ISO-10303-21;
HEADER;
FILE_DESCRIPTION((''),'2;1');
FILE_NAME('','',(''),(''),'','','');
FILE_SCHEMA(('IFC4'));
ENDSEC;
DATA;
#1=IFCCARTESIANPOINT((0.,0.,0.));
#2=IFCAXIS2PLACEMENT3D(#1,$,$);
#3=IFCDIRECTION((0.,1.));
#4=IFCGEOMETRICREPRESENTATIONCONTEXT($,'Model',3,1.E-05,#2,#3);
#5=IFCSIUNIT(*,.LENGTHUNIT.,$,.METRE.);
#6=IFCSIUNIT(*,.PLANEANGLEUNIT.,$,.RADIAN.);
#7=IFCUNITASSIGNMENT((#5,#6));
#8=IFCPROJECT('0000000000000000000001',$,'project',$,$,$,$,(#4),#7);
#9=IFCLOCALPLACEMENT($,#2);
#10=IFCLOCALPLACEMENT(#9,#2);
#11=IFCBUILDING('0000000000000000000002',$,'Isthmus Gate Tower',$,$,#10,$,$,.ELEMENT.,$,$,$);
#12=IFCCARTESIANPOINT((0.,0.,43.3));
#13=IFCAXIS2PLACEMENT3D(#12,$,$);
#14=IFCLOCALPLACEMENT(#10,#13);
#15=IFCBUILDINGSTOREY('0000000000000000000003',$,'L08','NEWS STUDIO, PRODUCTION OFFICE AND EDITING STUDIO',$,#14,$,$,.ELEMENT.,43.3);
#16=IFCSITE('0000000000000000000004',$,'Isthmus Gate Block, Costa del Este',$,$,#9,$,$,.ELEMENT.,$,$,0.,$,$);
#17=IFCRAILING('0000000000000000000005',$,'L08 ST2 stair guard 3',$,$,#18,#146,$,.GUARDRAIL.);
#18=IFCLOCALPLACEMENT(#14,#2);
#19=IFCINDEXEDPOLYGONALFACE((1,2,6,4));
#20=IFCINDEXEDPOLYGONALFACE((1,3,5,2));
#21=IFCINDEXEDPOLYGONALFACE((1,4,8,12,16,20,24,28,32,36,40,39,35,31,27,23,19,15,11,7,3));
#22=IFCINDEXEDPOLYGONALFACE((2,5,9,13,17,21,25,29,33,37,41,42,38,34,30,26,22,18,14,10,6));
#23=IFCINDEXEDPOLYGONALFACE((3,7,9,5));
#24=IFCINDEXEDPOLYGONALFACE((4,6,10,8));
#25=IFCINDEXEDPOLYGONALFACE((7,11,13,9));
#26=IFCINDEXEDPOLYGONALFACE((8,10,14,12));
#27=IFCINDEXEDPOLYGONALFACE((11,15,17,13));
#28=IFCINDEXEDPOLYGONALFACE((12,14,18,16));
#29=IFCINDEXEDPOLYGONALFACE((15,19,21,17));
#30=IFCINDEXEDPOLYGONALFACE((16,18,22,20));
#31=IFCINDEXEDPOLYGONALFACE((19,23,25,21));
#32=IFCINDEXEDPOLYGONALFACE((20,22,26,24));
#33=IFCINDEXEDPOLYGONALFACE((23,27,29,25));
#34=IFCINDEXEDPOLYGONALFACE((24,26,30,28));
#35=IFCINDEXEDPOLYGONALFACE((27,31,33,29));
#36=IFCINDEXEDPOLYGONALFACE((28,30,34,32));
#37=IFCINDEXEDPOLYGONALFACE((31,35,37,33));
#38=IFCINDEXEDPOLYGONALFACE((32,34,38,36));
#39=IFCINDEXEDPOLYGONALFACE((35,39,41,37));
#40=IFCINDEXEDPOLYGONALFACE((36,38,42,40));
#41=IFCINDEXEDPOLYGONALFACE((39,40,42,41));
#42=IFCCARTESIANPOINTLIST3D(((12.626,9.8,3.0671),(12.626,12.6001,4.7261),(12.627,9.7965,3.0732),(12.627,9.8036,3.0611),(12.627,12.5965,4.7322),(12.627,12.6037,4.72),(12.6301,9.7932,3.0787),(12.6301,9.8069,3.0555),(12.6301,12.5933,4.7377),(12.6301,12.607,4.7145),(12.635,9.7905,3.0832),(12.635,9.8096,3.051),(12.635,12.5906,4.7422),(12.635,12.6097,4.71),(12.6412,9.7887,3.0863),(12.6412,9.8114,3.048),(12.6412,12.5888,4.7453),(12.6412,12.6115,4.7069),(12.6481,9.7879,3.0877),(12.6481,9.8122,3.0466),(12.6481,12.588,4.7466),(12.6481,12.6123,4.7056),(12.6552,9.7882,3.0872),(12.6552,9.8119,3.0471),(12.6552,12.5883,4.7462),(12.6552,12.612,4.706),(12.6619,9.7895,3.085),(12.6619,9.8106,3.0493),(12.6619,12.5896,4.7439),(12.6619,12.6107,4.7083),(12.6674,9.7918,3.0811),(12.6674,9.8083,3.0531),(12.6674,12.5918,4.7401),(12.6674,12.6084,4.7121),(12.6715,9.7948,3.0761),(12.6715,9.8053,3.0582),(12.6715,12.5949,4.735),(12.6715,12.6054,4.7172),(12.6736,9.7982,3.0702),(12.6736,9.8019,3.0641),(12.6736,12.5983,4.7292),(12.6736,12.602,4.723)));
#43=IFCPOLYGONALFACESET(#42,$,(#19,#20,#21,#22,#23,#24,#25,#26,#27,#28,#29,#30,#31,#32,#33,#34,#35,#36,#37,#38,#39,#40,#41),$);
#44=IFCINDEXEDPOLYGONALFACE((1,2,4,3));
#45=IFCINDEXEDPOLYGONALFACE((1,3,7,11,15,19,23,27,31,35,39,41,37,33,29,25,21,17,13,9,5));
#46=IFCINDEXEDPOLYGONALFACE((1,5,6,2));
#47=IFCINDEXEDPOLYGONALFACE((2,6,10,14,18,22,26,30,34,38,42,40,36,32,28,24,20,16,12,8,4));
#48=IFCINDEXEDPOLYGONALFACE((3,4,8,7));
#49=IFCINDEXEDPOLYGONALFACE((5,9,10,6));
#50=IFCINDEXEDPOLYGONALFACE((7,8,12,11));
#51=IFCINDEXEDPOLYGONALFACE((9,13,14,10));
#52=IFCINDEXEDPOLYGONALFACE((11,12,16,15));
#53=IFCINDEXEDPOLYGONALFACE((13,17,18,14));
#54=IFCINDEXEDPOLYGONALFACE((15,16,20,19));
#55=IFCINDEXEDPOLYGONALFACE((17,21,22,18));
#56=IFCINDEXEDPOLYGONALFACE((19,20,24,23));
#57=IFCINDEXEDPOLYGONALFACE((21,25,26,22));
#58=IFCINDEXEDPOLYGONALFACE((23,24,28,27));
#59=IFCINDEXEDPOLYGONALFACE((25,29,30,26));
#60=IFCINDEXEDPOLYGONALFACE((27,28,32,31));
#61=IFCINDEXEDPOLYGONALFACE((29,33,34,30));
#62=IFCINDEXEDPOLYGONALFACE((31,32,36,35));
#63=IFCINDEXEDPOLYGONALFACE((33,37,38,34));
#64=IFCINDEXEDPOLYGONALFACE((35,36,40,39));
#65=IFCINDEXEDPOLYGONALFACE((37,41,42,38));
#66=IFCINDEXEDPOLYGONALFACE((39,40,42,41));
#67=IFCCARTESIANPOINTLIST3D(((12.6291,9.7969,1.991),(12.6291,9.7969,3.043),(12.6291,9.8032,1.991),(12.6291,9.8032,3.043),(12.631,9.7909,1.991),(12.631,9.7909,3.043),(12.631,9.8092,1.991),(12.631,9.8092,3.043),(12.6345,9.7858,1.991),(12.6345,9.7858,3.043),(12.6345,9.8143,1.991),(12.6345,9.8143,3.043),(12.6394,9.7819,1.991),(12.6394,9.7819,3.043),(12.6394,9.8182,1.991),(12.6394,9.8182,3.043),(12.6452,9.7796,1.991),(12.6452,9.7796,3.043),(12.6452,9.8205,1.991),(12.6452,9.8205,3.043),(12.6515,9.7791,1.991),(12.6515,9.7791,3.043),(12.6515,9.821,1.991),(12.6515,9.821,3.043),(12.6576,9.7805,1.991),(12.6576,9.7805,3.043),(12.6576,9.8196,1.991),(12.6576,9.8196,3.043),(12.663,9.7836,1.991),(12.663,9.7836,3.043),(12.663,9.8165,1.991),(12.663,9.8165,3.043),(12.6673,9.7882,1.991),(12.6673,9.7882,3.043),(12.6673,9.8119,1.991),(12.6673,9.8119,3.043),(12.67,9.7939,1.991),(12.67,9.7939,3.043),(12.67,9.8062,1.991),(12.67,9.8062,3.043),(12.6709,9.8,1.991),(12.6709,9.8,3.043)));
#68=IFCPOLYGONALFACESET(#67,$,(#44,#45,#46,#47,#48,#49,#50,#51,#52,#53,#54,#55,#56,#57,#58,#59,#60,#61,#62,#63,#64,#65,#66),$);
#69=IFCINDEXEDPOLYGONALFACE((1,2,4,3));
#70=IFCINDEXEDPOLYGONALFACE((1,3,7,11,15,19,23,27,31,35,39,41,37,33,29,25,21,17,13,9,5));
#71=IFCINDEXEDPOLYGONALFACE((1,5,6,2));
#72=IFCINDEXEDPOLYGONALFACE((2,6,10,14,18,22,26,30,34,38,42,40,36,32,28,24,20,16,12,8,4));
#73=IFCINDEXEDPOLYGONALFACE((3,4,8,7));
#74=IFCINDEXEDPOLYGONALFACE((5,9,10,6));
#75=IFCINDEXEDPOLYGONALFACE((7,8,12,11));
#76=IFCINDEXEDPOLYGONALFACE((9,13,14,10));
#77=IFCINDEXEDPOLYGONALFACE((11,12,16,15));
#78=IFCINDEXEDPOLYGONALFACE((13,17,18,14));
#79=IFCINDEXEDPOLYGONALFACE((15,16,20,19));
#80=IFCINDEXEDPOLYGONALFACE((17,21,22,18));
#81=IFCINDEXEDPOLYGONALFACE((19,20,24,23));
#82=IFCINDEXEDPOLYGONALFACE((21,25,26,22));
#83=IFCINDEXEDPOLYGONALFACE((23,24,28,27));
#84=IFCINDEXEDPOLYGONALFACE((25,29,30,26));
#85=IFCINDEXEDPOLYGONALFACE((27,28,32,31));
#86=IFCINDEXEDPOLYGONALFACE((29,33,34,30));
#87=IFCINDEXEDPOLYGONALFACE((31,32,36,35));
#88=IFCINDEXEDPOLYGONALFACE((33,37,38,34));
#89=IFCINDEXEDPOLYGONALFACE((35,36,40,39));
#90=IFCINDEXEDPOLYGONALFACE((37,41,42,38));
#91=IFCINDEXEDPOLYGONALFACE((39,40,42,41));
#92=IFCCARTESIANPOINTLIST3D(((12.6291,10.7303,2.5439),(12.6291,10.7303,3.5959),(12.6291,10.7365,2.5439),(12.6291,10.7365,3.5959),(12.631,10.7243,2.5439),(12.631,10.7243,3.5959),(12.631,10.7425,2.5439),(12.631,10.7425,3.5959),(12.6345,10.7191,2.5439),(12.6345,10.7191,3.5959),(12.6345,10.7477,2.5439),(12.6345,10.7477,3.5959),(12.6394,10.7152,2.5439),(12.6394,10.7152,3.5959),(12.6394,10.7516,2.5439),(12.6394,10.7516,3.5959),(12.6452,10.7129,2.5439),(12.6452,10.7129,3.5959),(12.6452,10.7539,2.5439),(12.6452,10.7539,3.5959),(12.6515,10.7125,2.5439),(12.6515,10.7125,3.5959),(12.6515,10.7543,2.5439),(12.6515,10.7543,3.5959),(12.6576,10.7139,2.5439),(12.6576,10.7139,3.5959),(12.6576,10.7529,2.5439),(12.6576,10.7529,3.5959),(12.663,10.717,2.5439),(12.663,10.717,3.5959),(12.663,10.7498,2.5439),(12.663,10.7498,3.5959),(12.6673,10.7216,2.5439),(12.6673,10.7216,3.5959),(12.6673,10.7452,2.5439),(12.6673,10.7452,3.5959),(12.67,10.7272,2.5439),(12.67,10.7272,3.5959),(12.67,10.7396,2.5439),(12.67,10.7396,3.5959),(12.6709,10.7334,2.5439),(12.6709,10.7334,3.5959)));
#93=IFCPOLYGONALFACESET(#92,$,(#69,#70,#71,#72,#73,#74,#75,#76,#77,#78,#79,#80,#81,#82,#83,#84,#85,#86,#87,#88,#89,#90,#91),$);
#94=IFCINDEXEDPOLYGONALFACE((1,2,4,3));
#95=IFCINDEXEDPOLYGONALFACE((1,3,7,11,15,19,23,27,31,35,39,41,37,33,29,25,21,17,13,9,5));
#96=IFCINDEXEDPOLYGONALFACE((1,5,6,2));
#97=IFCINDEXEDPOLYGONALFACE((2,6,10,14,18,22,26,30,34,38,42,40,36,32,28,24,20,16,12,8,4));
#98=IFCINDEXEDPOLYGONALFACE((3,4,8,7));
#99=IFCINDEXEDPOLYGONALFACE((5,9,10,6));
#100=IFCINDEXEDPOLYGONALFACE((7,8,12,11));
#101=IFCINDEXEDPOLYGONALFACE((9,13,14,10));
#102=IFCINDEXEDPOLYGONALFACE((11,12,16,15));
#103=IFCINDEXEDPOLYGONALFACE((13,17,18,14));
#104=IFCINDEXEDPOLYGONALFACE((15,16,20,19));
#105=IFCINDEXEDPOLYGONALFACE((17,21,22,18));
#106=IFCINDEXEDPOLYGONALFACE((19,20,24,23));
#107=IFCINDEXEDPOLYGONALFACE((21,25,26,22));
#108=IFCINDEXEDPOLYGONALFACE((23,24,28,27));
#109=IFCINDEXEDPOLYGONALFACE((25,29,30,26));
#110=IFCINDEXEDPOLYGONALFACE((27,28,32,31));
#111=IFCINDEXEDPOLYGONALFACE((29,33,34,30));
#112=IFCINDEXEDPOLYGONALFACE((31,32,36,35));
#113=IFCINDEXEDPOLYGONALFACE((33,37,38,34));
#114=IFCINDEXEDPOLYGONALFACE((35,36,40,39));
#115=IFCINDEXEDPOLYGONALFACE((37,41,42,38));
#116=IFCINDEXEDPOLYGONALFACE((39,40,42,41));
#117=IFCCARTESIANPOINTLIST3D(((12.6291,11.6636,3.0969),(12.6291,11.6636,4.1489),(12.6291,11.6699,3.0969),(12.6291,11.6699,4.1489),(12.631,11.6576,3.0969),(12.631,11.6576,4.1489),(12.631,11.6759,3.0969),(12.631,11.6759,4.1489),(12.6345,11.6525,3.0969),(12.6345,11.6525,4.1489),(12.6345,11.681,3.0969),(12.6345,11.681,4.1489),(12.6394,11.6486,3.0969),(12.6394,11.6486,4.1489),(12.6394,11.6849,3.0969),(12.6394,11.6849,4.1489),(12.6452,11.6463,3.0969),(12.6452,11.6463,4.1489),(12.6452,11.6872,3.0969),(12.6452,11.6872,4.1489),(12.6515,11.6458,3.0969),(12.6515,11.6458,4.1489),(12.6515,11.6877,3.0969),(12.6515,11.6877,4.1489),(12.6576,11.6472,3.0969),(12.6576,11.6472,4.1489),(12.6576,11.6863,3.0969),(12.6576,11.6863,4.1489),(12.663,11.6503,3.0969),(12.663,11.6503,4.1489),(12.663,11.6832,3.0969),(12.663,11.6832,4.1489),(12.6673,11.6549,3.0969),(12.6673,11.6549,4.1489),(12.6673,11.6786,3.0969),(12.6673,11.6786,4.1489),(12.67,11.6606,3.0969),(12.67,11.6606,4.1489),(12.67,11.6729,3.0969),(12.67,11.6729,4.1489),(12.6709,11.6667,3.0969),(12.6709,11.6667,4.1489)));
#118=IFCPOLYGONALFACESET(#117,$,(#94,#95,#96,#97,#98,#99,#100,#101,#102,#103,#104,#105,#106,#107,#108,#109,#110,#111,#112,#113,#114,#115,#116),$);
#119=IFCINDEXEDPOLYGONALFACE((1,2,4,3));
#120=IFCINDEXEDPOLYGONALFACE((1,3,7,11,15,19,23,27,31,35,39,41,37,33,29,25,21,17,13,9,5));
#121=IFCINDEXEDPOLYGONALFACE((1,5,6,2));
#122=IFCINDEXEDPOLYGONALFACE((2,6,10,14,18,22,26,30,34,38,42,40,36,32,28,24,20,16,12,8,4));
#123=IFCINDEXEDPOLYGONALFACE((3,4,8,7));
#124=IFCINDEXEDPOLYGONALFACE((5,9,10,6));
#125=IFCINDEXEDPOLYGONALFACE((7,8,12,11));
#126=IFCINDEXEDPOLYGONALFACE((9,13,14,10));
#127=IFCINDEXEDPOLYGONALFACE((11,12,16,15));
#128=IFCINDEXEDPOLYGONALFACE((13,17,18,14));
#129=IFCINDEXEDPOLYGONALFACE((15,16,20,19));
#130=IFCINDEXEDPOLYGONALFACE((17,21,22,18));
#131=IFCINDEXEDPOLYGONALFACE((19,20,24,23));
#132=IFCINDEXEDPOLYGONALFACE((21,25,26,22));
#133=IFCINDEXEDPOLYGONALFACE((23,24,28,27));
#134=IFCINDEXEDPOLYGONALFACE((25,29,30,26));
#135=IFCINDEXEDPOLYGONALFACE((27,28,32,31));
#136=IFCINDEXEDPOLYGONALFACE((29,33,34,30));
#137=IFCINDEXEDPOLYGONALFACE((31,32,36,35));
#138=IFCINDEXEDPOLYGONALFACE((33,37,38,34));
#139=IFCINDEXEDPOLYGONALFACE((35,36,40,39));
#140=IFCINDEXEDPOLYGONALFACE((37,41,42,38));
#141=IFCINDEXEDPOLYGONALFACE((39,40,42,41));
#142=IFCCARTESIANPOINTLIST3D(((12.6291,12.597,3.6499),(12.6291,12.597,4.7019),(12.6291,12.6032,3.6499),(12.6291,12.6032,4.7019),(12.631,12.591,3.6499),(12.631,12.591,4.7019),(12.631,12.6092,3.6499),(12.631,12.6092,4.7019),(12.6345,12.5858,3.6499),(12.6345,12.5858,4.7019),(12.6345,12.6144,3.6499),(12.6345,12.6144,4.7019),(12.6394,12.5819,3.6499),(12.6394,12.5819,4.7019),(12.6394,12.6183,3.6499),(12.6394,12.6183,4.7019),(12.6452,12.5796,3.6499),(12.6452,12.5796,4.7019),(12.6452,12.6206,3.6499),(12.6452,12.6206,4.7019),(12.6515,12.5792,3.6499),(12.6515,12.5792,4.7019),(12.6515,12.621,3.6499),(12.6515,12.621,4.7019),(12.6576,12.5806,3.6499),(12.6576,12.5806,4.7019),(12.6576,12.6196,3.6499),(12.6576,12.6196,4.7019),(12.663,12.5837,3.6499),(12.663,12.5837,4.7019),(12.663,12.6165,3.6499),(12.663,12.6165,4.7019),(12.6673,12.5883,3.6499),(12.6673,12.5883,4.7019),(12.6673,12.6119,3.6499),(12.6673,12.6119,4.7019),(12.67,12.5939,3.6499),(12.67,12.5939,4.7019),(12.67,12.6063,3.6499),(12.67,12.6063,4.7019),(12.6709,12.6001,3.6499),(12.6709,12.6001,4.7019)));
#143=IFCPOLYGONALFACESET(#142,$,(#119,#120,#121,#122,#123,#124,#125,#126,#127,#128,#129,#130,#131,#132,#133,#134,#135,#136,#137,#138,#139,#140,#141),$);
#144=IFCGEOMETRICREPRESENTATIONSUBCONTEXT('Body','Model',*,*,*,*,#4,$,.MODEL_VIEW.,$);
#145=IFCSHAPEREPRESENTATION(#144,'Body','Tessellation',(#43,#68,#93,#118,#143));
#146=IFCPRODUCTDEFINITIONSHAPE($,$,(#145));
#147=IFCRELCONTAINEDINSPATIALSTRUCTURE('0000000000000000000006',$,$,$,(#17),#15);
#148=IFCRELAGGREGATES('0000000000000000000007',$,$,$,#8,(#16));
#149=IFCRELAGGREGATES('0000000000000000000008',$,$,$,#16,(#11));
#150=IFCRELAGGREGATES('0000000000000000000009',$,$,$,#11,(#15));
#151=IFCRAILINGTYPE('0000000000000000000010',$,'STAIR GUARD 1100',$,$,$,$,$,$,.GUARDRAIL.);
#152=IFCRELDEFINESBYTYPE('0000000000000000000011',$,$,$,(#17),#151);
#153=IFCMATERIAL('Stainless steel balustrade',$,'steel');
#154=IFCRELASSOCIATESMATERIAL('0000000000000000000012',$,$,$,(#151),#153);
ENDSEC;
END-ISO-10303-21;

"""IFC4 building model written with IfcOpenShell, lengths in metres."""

from ifc_helpers import new_model, si_unit, direction, frame, origin, origin_2d, place, context, subcontext, project, spatial, circle, extrude, material, type_object, element, save


model = new_model("IFC4")

# Units and contexts
model_context = context("Model", 3, precision=1e-05, world=origin(), true_north=direction((0.0, 1.0)))
body_context = subcontext(model_context, "Body", "Model", "MODEL_VIEW")
ifc_project = project(units=[si_unit("LENGTHUNIT", "METRE"), si_unit("PLANEANGLEUNIT", "RADIAN")], contexts=[model_context])

# Site, building, storey
site_placement = place(None, origin())
site = spatial("IfcSite", under=ifc_project, at=site_placement, Name="Isthmus Gate Block, Costa del Este", CompositionType="ELEMENT", RefElevation=0.0)
building_placement = place(site_placement, origin())
building = spatial("IfcBuilding", under=site, at=building_placement, Name="Isthmus Gate Tower", CompositionType="ELEMENT")
storey_placement = place(building_placement, frame((0.0, 0.0, 43.3)))
storey = spatial("IfcBuildingStorey", under=building, at=storey_placement, Name="L08", Description="NEWS STUDIO, PRODUCTION OFFICE AND EDITING STUDIO", CompositionType="ELEMENT", Elevation=43.3)

# Railing
ifc_material_1 = material(Name="Stainless steel balustrade", Category="steel")
railing_type_1 = type_object("IfcRailingType", Name="STAIR GUARD 1100", PredefinedType="GUARDRAIL", material=ifc_material_1)
railing_1_placement = place(storey_placement, frame((12.6499, 9.8, 1.991)))
element("IfcRailing", 1, at=railing_1_placement, inside=storey, type_object=railing_type_1, Name="L08 ST2 stair guard 3", PredefinedType="GUARDRAIL", context=body_context, shape_type="SweptSolid", body=[
    extrude(circle(Radius=0.0239, at=origin_2d()), frame((0.0, 0.0, 1.0762), z_axis=(0.0, 0.860339, 0.509722), x_axis=(-1.0, 0.0, 0.0)), (0.0, 0.0, 1.0), 3.2546),
    extrude(circle(Radius=0.021, at=origin_2d()), origin(), (0.0, 0.0, 1.0), 1.052),
    extrude(circle(Radius=0.021, at=origin_2d()), frame((0.0, 0.9333, 0.553)), (0.0, 0.0, 1.0), 1.052),
    extrude(circle(Radius=0.021, at=origin_2d()), frame((0.0, 1.8667, 1.106)), (0.0, 0.0, 1.0), 1.052),
    extrude(circle(Radius=0.021, at=origin_2d()), frame((0.0, 2.8, 1.6589)), (0.0, 0.0, 1.0), 1.052),
])

save(model, "model.ifc")
